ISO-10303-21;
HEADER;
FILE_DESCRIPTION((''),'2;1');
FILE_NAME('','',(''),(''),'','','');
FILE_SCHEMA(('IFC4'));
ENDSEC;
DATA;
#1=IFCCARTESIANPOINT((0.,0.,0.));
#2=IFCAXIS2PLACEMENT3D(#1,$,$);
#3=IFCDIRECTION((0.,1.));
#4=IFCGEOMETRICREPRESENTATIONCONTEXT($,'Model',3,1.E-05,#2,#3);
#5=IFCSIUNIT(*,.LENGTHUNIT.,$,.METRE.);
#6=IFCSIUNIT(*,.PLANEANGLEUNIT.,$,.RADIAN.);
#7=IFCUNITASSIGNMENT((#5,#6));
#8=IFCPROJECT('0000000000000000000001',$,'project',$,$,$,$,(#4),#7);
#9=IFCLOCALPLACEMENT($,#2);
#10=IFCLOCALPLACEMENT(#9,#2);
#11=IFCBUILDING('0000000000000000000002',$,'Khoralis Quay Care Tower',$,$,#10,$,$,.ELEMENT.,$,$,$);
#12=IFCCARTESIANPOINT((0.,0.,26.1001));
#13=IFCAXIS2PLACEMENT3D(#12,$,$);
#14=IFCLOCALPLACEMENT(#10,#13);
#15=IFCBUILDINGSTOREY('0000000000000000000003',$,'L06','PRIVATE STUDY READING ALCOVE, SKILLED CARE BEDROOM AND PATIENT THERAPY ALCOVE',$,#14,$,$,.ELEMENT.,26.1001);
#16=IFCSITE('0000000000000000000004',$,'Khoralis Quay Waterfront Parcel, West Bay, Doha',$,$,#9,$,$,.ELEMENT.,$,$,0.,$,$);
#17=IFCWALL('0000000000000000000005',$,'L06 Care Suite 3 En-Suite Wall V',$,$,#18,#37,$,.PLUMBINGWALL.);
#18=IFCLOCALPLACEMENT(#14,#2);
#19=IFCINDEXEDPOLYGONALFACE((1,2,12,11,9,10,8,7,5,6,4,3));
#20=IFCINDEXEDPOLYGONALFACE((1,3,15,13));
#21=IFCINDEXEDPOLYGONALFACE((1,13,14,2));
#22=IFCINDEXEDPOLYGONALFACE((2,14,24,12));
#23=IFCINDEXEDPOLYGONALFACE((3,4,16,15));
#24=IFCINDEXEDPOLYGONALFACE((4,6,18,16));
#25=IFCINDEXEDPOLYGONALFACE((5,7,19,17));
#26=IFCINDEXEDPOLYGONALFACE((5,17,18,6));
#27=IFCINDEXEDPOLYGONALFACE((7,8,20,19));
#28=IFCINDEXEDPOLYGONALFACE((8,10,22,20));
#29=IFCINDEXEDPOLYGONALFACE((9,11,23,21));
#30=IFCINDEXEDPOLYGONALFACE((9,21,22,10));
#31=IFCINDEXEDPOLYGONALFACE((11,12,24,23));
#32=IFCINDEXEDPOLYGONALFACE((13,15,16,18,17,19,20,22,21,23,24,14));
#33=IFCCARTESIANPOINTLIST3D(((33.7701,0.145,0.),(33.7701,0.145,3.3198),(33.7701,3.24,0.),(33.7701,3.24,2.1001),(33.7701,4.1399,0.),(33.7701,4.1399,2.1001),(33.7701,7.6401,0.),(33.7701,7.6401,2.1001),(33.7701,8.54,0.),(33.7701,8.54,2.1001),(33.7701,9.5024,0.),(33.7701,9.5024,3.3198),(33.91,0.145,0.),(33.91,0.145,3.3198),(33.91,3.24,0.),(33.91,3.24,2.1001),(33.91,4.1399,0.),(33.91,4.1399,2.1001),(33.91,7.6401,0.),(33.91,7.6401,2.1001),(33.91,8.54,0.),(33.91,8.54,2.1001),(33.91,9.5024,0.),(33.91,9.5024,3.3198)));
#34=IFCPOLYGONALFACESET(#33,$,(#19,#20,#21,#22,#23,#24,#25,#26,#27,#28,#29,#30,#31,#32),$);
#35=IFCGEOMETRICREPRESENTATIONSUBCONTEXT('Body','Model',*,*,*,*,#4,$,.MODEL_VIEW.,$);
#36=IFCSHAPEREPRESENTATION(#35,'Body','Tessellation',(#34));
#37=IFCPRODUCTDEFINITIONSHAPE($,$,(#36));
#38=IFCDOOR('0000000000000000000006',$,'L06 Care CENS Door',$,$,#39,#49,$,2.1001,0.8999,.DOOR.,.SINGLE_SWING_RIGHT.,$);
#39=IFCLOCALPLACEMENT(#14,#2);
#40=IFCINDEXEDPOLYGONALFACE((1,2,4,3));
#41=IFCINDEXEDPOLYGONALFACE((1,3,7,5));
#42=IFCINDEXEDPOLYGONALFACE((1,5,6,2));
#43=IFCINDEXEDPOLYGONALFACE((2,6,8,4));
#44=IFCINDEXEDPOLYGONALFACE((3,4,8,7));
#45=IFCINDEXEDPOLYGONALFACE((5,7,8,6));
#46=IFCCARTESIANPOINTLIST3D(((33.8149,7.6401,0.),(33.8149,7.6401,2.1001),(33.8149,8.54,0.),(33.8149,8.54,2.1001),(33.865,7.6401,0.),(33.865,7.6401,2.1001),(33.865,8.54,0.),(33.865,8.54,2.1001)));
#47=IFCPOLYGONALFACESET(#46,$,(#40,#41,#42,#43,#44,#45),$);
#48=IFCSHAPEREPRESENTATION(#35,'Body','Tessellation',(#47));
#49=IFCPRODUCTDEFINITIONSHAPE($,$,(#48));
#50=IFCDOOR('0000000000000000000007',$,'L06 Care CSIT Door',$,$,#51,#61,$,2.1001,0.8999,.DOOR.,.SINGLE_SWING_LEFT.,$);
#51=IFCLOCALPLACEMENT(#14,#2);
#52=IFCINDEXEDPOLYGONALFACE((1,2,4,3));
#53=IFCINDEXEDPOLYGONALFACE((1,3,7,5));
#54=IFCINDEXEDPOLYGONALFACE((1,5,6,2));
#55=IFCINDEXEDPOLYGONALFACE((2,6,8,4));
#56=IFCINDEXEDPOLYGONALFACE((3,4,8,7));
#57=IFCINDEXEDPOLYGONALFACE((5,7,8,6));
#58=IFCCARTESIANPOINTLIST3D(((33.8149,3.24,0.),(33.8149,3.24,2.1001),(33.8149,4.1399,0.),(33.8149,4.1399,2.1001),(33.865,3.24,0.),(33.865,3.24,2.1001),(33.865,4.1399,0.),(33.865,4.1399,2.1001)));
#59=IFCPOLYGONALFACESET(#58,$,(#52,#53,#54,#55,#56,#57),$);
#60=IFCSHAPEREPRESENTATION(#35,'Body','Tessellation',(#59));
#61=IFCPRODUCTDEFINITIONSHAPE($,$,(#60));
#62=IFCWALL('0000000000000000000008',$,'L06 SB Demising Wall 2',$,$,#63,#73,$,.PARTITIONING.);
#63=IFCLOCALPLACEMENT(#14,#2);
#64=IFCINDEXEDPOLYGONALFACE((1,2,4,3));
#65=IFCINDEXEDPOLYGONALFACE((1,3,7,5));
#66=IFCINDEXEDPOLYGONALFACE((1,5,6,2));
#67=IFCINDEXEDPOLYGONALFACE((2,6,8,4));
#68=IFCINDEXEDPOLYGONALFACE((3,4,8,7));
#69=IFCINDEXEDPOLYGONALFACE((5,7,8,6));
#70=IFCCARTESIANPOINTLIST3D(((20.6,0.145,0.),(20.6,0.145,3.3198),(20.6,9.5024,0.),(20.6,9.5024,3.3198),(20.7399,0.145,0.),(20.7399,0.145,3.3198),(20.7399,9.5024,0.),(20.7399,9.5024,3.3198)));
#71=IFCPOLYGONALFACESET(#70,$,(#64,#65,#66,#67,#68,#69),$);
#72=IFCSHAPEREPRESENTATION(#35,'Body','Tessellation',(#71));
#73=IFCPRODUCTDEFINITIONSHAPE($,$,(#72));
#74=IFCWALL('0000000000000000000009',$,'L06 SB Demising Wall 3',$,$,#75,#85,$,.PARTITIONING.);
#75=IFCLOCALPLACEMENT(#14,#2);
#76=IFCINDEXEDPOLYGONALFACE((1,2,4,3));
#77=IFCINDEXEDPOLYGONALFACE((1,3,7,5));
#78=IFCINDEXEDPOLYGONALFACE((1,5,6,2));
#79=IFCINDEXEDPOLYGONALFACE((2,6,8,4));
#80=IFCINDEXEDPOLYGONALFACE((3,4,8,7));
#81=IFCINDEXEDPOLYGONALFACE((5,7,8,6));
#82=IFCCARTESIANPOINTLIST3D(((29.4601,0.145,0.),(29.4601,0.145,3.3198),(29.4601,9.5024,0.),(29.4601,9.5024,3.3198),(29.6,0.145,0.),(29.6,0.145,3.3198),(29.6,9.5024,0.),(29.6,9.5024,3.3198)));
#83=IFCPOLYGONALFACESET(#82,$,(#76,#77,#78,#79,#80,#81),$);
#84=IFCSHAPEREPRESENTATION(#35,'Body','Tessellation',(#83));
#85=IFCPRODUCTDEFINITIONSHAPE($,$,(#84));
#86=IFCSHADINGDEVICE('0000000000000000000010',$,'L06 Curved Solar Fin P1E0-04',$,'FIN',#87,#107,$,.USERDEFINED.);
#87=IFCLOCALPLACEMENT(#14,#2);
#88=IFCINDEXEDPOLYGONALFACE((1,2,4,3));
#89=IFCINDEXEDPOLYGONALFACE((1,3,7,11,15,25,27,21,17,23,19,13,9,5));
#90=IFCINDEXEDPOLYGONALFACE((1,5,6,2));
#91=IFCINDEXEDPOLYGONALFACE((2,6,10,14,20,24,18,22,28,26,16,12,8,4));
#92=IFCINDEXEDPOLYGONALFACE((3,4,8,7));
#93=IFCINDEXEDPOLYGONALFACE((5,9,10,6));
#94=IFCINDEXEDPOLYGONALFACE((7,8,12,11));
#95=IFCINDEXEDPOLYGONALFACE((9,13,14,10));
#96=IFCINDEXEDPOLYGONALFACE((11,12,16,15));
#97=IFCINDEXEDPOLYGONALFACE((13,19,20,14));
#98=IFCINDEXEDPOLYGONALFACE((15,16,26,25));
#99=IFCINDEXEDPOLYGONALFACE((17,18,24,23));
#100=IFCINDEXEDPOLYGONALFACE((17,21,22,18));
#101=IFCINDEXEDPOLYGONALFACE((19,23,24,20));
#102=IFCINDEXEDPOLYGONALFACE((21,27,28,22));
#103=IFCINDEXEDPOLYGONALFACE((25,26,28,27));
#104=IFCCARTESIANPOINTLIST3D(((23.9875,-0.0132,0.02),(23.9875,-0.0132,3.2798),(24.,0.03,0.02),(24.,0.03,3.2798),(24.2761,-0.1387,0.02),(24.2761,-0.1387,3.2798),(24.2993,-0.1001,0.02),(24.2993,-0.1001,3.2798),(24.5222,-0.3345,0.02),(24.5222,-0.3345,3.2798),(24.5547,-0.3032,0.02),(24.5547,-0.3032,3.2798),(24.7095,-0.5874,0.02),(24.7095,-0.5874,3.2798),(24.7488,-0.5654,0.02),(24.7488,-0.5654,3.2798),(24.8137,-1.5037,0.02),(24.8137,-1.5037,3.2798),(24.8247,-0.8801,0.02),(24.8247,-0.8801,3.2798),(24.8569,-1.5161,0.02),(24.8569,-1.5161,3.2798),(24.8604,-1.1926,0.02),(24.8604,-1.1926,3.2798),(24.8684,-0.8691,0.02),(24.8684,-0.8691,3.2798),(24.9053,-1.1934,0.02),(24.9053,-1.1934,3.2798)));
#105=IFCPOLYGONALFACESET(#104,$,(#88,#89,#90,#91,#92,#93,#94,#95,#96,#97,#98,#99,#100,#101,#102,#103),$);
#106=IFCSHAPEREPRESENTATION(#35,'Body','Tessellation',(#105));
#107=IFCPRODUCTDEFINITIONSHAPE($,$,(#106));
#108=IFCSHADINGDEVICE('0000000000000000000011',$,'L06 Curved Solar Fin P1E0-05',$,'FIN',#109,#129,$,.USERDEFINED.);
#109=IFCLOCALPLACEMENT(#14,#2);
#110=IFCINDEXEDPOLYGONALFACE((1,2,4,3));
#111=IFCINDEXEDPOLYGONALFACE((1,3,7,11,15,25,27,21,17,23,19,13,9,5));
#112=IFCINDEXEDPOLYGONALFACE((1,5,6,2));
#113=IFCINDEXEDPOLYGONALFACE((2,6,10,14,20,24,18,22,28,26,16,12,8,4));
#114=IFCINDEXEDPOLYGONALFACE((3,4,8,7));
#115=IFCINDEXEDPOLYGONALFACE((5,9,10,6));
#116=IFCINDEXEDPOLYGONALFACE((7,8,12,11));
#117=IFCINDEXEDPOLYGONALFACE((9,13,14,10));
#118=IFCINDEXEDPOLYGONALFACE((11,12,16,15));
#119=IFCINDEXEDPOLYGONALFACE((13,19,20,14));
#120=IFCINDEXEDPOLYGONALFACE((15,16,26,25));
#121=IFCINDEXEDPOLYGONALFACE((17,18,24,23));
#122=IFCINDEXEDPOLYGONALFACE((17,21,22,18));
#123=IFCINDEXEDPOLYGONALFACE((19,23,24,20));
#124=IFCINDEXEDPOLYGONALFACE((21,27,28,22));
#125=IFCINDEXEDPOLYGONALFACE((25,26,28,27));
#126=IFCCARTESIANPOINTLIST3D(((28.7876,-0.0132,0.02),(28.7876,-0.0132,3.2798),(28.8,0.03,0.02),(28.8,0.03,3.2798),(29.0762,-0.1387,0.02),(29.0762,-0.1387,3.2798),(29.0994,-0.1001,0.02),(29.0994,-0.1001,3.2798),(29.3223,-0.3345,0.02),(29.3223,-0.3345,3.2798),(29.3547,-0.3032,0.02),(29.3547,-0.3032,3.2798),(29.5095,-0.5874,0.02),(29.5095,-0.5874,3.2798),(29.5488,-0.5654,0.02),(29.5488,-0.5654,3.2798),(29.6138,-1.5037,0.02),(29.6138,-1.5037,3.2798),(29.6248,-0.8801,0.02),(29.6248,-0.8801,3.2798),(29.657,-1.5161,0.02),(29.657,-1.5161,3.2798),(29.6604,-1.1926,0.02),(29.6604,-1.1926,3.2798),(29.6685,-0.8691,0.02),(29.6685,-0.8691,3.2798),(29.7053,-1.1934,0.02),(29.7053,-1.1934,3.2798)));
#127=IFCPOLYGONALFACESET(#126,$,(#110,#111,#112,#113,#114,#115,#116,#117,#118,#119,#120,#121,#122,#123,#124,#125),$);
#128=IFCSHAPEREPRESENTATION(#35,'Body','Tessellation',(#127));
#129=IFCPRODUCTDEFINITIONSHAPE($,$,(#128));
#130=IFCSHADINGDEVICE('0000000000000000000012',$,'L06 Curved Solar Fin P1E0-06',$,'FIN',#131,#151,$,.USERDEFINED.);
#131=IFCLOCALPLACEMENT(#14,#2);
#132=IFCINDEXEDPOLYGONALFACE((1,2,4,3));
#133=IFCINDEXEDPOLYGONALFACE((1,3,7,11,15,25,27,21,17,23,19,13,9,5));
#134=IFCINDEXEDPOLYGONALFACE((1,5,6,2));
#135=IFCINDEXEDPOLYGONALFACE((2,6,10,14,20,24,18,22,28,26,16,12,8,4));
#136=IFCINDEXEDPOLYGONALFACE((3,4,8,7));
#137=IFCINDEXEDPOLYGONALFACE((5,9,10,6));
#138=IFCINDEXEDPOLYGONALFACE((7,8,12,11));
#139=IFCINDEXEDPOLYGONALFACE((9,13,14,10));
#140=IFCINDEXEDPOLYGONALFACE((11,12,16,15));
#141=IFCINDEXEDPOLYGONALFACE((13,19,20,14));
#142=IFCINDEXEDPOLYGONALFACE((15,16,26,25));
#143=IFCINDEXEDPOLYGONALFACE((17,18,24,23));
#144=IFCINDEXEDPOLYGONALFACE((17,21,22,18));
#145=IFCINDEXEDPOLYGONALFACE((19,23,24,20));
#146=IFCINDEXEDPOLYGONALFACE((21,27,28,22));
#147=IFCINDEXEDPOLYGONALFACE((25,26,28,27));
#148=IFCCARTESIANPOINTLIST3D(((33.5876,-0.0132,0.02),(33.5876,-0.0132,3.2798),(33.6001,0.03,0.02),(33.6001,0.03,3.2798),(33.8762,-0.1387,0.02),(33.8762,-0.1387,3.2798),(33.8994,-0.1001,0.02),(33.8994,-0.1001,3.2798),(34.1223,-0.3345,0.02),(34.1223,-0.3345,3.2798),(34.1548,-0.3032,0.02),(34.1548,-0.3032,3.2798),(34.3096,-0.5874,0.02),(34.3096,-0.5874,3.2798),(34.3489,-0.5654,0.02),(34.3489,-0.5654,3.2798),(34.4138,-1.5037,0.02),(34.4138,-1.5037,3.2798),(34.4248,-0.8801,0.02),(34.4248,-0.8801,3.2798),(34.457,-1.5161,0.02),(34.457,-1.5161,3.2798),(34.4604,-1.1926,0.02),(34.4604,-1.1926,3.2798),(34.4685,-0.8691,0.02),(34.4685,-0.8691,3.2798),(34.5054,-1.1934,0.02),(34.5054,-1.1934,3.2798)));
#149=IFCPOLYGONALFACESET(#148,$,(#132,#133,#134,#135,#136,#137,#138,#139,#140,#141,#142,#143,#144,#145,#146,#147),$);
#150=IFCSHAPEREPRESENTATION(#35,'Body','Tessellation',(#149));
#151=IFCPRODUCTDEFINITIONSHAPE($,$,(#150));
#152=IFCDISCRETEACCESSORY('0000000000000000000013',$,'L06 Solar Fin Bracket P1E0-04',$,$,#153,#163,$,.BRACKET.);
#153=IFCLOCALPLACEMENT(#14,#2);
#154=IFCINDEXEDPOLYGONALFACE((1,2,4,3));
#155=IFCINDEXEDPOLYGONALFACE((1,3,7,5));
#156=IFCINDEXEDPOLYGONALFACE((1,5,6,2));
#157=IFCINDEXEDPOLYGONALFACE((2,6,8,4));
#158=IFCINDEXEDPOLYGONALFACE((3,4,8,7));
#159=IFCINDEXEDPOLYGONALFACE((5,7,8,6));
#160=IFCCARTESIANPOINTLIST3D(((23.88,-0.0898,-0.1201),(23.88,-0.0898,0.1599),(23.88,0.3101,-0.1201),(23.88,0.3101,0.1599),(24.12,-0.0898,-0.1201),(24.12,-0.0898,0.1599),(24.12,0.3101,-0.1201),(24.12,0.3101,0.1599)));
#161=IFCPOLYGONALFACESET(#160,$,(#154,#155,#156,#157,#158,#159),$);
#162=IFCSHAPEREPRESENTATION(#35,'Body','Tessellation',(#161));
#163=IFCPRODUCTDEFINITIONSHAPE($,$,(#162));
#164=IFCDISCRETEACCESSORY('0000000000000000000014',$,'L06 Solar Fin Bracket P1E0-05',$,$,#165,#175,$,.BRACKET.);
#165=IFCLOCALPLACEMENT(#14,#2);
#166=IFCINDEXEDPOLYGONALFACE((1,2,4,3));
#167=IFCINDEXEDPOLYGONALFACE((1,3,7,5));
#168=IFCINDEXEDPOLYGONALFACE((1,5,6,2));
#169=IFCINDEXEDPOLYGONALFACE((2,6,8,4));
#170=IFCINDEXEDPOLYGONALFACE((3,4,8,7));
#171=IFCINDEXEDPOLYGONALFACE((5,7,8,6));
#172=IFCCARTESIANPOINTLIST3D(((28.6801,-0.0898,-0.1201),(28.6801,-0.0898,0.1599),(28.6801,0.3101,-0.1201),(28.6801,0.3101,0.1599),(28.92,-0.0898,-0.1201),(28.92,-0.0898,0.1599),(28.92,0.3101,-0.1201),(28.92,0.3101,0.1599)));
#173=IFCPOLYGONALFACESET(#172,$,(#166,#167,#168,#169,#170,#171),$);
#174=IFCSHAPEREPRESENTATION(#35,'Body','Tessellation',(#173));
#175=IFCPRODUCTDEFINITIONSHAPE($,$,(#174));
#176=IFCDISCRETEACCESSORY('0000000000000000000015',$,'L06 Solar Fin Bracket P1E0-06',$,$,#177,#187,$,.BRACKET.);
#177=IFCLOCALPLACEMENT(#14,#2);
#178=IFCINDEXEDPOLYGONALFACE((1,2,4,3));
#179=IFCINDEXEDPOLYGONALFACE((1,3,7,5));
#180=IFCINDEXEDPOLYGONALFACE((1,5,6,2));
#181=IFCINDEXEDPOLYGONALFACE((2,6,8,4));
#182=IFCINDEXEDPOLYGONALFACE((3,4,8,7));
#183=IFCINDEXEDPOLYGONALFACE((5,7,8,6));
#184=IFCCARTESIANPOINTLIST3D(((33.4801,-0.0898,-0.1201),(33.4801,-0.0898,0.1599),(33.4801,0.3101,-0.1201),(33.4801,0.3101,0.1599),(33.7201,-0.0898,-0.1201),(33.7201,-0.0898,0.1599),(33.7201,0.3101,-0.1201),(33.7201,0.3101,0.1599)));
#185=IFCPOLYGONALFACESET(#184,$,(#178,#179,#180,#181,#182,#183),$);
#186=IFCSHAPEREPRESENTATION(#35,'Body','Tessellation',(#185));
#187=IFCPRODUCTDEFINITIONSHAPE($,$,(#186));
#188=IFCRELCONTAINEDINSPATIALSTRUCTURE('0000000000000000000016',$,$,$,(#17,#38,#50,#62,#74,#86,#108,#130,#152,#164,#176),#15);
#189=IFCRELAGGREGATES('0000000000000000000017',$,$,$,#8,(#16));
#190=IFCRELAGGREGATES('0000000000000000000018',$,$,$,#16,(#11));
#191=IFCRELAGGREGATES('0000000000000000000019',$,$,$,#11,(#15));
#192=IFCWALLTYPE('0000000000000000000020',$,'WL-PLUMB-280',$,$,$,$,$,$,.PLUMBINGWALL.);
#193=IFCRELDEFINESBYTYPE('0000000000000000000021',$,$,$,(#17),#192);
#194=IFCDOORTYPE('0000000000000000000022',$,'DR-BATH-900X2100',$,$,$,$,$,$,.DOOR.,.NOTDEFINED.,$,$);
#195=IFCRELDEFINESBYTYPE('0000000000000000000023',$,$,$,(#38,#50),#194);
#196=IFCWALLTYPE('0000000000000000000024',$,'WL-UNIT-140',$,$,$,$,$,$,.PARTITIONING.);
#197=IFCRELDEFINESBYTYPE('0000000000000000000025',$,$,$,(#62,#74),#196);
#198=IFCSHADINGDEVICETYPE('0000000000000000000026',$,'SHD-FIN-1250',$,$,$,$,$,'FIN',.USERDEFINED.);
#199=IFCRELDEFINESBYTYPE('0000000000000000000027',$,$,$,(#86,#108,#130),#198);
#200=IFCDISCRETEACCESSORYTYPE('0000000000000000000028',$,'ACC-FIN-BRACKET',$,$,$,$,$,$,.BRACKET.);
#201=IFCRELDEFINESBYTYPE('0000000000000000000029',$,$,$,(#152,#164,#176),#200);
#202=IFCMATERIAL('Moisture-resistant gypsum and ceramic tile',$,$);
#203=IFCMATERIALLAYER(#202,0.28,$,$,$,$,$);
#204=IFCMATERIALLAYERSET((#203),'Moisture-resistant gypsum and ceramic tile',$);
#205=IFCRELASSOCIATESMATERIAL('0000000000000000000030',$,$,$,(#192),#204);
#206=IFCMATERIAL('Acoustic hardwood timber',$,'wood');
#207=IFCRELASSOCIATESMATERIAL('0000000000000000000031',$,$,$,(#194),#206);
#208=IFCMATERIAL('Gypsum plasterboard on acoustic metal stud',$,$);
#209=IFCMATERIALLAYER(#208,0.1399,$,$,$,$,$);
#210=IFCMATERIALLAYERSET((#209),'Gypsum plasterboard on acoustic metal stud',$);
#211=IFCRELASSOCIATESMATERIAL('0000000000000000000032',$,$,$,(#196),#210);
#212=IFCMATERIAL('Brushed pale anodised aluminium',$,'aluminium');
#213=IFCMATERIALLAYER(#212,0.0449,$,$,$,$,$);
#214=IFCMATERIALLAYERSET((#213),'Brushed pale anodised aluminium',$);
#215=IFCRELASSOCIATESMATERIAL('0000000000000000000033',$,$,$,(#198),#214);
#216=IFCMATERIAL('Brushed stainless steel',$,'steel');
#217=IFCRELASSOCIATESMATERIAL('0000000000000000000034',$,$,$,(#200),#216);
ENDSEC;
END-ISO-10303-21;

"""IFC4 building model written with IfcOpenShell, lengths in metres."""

from ifc_helpers import new_model, si_unit, direction, frame, frame_2d, origin, origin_2d, place, context, subcontext, project, spatial, polyline, rectangle, outline, extrude, source, transform, mapped, material, layer, layer_set, type_object, element, fill, save


model = new_model("IFC4")

# Units and contexts
model_context = context("Model", 3, precision=1e-05, world=origin(), true_north=direction((0.0, 1.0)))
body_context = subcontext(model_context, "Body", "Model", "MODEL_VIEW")
ifc_project = project(units=[si_unit("LENGTHUNIT", "METRE"), si_unit("PLANEANGLEUNIT", "RADIAN")], contexts=[model_context])

# Site, building, storey
site_placement = place(None, origin())
site = spatial("IfcSite", under=ifc_project, at=site_placement, Name="Khoralis Quay Waterfront Parcel, West Bay, Doha", CompositionType="ELEMENT", RefElevation=0.0)
building_placement = place(site_placement, origin())
building = spatial("IfcBuilding", under=site, at=building_placement, Name="Khoralis Quay Care Tower", CompositionType="ELEMENT")
storey_placement = place(building_placement, frame((0.0, 0.0, 26.1001)))
storey = spatial("IfcBuildingStorey", under=building, at=storey_placement, Name="L06", Description="PRIVATE STUDY READING ALCOVE, SKILLED CARE BEDROOM AND PATIENT THERAPY ALCOVE", CompositionType="ELEMENT", Elevation=26.1001)

# Wall, openings, doors
ifc_material_1 = material(Name="Moisture-resistant gypsum and ceramic tile")
ifc_layer_1 = layer(ifc_material_1, 0.28)
ifc_layer_set_1 = layer_set([ifc_layer_1], Name="Moisture-resistant gypsum and ceramic tile")
wall_type_1 = type_object("IfcWallType", Name="WL-PLUMB-280", PredefinedType="PLUMBINGWALL", material=ifc_layer_set_1)
ifc_material_2 = material(Name="Acoustic hardwood timber", Category="wood")
door_type = type_object("IfcDoorType", Name="DR-BATH-900X2100", OperationType="NOTDEFINED", PredefinedType="DOOR", material=ifc_material_2)
shared_shape_1 = source(origin(), body_context, "Body", "SweptSolid", [
    extrude(rectangle(XDim=0.8999, YDim=2.1001, at=frame_2d((0.45, 1.05))), frame((0.0, 0.0249, 0.0), z_axis=(0.0, -1.0, 0.0), x_axis=(1.0, 0.0, 0.0)), (0.0, 0.0, 1.0), 0.05),
])
wall_1_placement = place(storey_placement, frame((33.8401, 0.145, 0.0), z_axis=(0.0, 0.0, 1.0), x_axis=(0.0, 1.0, 0.0)))
wall_1 = element("IfcWall", 1, at=wall_1_placement, inside=storey, type_object=wall_type_1, Name="L06 Care Suite 3 En-Suite Wall V", PredefinedType="PLUMBINGWALL", context=body_context, shape_type="SweptSolid", body=[
    extrude(rectangle(XDim=9.3574, YDim=0.1399, at=frame_2d((4.6787, 0.0))), origin(), (0.0, 0.0, 1.0), 3.3198),
])
opening_1_placement = place(wall_1_placement, frame((7.4951, 0.0, 0.0)))
opening_1 = element("IfcOpeningElement", 2, at=opening_1_placement, cuts=wall_1, PredefinedType="OPENING", context=body_context, shape_type="SweptSolid", body=[
    extrude(rectangle(XDim=0.8999, YDim=2.1001, at=frame_2d((0.45, 1.05))), frame((0.0, 0.0801, 0.0), z_axis=(0.0, -1.0, 0.0), x_axis=(1.0, 0.0, 0.0)), (0.0, 0.0, 1.0), 0.1599),
])
opening_2_placement = place(wall_1_placement, frame((3.095, 0.0, 0.0)))
opening_2 = element("IfcOpeningElement", 3, at=opening_2_placement, cuts=wall_1, PredefinedType="OPENING", context=body_context, shape_type="SweptSolid", body=[
    extrude(rectangle(XDim=0.8999, YDim=2.1001, at=frame_2d((0.45, 1.05))), frame((0.0, 0.0801, 0.0), z_axis=(0.0, -1.0, 0.0), x_axis=(1.0, 0.0, 0.0)), (0.0, 0.0, 1.0), 0.1599),
])
door_1_placement = place(opening_1_placement, frame((0.8999, 0.0, 0.0), z_axis=(0.0, 0.0, 1.0), x_axis=(-1.0, 0.0, 0.0)))
door_1 = element("IfcDoor", 4, at=door_1_placement, inside=storey, type_object=door_type, Name="L06 Care CENS Door", OperationType="SINGLE_SWING_RIGHT", OverallHeight=2.1001, OverallWidth=0.8999, PredefinedType="DOOR", context=body_context, shape_type="MappedRepresentation", body=[
    mapped(shared_shape_1, transform((0.0, 0.0, 0.0), scale=1.0)),
])
fill(opening_1, door_1)
door_2_placement = place(opening_2_placement, frame((0.8999, 0.0, 0.0), z_axis=(0.0, 0.0, 1.0), x_axis=(-1.0, 0.0, 0.0)))
door_2 = element("IfcDoor", 5, at=door_2_placement, inside=storey, type_object=door_type, Name="L06 Care CSIT Door", OperationType="SINGLE_SWING_LEFT", OverallHeight=2.1001, OverallWidth=0.8999, PredefinedType="DOOR", context=body_context, shape_type="MappedRepresentation", body=[
    mapped(shared_shape_1, transform((0.0, 0.0, 0.0), scale=1.0)),
])
fill(opening_2, door_2)

# Walls
ifc_material_3 = material(Name="Gypsum plasterboard on acoustic metal stud")
ifc_layer_2 = layer(ifc_material_3, 0.1399)
ifc_layer_set_2 = layer_set([ifc_layer_2], Name="Gypsum plasterboard on acoustic metal stud")
wall_type_2 = type_object("IfcWallType", Name="WL-UNIT-140", PredefinedType="PARTITIONING", material=ifc_layer_set_2)
for number, where, z_axis, x_axis, name in (
    (6, (20.6699, 0.145, 0.0), (0.0, 0.0, 1.0), (0.0, 1.0, 0.0), "L06 SB Demising Wall 2"),
    (7, (29.53, 0.145, 0.0), (0.0, 0.0, 1.0), (0.0, 1.0, 0.0), "L06 SB Demising Wall 3"),
):
    element("IfcWall", number, at=place(storey_placement, frame(where, z_axis=z_axis, x_axis=x_axis)), inside=storey, type_object=wall_type_2, Name=name, PredefinedType="PARTITIONING", context=body_context, shape_type="SweptSolid", body=[
        extrude(rectangle(XDim=9.3574, YDim=0.1399, at=frame_2d((4.6787, 0.0))), origin(), (0.0, 0.0, 1.0), 3.3198),
    ])

# Shading devices
ifc_material_4 = material(Name="Brushed pale anodised aluminium", Category="aluminium")
ifc_layer_3 = layer(ifc_material_4, 0.0449)
ifc_layer_set_3 = layer_set([ifc_layer_3], Name="Brushed pale anodised aluminium")
shading_device_type = type_object("IfcShadingDeviceType", Name="SHD-FIN-1250", ElementType="FIN", PredefinedType="USERDEFINED", material=ifc_layer_set_3)
shared_shape_2 = source(origin(), body_context, "Body", "SweptSolid", [
    extrude(outline(polyline([(0.0, 0.0), (0.1301, 0.2993), (0.3333, 0.5547), (0.5955, 0.7488), (0.8992, 0.8684), (1.2234, 0.9053), (1.5461, 0.8569), (1.5337, 0.8137), (1.2227, 0.8604), (0.9102, 0.8247), (0.6174, 0.7095), (0.3645, 0.5222), (0.1687, 0.2761), (0.0432, -0.0125), (0.0, 0.0)])), origin(), (0.0, 0.0, 1.0), 3.2598),
])
for number, where, z_axis, x_axis, name in (
    (8, (24.0, 0.03, 0.02), (0.0, 0.0, 1.0), (0.0, -1.0, 0.0), "L06 Curved Solar Fin P1E0-04"),
    (9, (28.8, 0.03, 0.02), (0.0, 0.0, 1.0), (0.0, -1.0, 0.0), "L06 Curved Solar Fin P1E0-05"),
    (10, (33.6001, 0.03, 0.02), (0.0, 0.0, 1.0), (0.0, -1.0, 0.0), "L06 Curved Solar Fin P1E0-06"),
):
    element("IfcShadingDevice", number, at=place(storey_placement, frame(where, z_axis=z_axis, x_axis=x_axis)), inside=storey, type_object=shading_device_type, Name=name, ObjectType="FIN", PredefinedType="USERDEFINED", context=body_context, shape_type="MappedRepresentation", body=[
        mapped(shared_shape_2, transform((0.0, 0.0, 0.0), scale=1.0)),
    ])

# Discrete accessories
ifc_material_5 = material(Name="Brushed stainless steel", Category="steel")
discrete_accessory_type = type_object("IfcDiscreteAccessoryType", Name="ACC-FIN-BRACKET", PredefinedType="BRACKET", material=ifc_material_5)
shared_shape_3 = source(origin(), body_context, "Body", "SweptSolid", [
    extrude(rectangle(XDim=0.3999, YDim=0.24, at=origin_2d()), origin(), (0.0, 0.0, 1.0), 0.28),
])
for number, where, z_axis, x_axis, name in (
    (11, (24.0, 0.1101, -0.1201), (0.0, 0.0, 1.0), (0.0, -1.0, 0.0), "L06 Solar Fin Bracket P1E0-04"),
    (12, (28.8, 0.1101, -0.1201), (0.0, 0.0, 1.0), (0.0, -1.0, 0.0), "L06 Solar Fin Bracket P1E0-05"),
    (13, (33.6001, 0.1101, -0.1201), (0.0, 0.0, 1.0), (0.0, -1.0, 0.0), "L06 Solar Fin Bracket P1E0-06"),
):
    element("IfcDiscreteAccessory", number, at=place(storey_placement, frame(where, z_axis=z_axis, x_axis=x_axis)), inside=storey, type_object=discrete_accessory_type, Name=name, PredefinedType="BRACKET", context=body_context, shape_type="MappedRepresentation", body=[
        mapped(shared_shape_3, transform((0.0, 0.0, 0.0), scale=1.0)),
    ])

save(model, "model.ifc")
